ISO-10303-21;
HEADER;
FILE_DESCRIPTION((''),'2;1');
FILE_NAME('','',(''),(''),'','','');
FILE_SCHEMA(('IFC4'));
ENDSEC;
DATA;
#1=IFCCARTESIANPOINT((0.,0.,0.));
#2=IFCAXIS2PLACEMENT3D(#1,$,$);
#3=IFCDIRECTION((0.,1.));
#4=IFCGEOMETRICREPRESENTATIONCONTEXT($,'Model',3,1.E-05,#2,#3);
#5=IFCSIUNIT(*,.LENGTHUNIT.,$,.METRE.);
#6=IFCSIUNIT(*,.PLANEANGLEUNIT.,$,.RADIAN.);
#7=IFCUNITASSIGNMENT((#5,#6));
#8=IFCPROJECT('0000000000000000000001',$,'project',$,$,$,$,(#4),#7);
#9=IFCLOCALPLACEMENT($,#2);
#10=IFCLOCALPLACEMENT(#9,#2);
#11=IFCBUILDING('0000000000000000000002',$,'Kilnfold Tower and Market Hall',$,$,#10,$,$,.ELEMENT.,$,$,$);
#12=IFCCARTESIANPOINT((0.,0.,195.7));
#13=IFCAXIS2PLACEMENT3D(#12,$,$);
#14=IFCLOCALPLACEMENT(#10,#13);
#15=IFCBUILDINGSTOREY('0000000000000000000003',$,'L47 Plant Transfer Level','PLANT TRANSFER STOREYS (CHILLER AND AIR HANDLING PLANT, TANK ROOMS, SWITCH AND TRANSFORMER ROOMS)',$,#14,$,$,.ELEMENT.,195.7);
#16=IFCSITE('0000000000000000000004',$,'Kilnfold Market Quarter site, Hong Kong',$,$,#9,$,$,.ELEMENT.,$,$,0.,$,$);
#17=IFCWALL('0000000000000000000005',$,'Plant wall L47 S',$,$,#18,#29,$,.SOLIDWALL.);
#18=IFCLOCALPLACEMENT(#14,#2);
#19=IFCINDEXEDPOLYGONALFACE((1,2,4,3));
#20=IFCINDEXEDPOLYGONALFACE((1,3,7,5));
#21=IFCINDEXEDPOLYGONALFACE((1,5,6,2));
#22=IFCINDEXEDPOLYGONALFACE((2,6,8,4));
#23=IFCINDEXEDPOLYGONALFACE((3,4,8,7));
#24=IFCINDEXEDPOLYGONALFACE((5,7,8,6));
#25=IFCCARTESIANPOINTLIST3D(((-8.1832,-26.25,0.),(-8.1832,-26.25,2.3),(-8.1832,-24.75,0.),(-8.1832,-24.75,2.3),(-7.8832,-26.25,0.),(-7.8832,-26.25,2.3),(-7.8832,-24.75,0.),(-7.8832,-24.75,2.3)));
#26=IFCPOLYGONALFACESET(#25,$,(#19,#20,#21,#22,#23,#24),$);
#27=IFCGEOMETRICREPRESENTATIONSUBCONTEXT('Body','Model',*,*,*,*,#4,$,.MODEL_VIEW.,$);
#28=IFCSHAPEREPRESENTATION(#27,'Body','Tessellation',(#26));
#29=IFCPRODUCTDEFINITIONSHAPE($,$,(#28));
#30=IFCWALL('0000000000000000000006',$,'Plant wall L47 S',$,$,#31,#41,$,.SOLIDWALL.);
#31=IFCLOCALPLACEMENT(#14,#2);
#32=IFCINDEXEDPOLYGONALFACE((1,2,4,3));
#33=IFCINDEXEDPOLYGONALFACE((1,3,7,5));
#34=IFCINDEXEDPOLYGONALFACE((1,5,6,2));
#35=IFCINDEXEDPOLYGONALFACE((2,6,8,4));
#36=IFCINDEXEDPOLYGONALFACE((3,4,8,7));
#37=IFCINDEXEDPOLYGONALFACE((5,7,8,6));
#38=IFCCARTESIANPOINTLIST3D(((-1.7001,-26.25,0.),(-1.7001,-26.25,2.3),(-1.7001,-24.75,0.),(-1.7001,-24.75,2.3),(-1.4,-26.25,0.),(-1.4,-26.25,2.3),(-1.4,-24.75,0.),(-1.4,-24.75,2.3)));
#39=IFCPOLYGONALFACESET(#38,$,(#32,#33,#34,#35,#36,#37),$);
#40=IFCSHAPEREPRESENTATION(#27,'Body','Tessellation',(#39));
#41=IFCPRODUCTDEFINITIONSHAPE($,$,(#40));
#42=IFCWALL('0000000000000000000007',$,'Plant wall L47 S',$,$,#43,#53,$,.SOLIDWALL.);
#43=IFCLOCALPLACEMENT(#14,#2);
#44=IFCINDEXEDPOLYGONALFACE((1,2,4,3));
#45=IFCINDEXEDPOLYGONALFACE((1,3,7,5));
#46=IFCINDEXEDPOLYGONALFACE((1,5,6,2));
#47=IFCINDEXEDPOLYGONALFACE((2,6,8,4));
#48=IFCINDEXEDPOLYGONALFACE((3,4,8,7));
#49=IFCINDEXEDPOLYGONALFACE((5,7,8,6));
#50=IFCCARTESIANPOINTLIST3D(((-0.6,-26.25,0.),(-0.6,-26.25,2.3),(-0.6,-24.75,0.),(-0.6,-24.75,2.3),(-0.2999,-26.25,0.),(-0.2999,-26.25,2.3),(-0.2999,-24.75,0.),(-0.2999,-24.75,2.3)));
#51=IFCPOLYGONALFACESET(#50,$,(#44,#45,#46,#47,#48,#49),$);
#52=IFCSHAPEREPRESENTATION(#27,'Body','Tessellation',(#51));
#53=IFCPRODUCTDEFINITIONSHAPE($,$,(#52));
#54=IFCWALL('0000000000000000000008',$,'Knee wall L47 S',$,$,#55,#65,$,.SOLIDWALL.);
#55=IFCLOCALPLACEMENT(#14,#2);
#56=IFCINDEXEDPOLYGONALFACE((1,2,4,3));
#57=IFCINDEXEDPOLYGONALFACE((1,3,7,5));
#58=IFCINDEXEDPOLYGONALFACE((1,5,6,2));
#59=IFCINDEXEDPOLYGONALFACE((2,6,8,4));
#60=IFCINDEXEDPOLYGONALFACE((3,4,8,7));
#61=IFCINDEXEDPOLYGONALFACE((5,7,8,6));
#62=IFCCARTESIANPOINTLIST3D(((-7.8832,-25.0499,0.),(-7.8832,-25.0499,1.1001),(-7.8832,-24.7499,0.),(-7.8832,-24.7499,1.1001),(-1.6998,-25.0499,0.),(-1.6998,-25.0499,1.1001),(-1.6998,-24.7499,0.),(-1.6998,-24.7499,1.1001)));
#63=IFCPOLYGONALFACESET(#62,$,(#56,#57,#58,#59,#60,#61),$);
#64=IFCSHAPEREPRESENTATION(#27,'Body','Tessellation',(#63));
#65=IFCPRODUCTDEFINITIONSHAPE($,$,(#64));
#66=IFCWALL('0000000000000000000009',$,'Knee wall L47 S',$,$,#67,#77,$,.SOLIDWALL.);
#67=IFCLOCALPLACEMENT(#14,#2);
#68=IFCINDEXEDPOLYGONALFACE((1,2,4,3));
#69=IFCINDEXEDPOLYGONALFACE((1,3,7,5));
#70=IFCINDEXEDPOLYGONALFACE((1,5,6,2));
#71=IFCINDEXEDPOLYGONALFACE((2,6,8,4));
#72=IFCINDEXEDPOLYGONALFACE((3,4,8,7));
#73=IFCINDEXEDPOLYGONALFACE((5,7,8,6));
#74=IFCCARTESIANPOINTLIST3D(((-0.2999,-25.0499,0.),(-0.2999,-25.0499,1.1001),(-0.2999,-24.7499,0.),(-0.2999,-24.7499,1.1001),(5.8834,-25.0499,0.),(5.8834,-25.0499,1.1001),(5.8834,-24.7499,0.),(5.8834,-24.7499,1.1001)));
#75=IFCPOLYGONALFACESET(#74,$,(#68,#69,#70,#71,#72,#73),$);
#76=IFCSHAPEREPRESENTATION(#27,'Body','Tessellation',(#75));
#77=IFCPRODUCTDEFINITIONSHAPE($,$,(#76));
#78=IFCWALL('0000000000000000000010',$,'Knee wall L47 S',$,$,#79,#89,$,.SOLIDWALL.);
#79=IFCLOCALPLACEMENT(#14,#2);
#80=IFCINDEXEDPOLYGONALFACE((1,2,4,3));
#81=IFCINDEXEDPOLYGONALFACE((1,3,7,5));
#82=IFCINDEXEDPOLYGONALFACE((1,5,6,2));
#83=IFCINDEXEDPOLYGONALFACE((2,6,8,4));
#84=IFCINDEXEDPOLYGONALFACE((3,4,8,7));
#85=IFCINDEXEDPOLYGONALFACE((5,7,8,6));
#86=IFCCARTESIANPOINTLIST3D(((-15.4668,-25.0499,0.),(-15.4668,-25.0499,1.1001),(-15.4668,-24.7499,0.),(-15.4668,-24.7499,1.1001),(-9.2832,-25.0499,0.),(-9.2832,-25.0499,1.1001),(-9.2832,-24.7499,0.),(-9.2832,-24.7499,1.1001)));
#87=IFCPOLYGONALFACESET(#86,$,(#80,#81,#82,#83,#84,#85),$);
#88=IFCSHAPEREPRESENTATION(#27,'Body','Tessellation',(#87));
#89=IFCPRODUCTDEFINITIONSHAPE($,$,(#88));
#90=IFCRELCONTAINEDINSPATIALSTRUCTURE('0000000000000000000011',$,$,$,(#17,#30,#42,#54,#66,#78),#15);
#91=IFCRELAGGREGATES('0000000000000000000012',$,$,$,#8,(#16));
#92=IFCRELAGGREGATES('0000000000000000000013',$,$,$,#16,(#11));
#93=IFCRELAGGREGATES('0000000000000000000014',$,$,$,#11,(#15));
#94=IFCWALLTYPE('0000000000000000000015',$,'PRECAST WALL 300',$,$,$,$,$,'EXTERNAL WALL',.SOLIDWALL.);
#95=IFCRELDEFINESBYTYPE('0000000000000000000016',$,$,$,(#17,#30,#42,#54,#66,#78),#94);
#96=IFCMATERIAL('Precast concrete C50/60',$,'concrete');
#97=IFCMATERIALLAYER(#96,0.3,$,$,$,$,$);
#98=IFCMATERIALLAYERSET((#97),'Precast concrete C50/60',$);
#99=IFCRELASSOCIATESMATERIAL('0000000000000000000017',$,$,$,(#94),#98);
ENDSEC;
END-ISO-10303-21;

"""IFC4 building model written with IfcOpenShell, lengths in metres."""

from ifc_helpers import new_model, si_unit, direction, frame, frame_2d, origin, place, context, subcontext, project, spatial, rectangle, extrude, source, transform, mapped, material, layer, layer_set, type_object, element, save


model = new_model("IFC4")

# Units and contexts
model_context = context("Model", 3, precision=1e-05, world=origin(), true_north=direction((0.0, 1.0)))
body_context = subcontext(model_context, "Body", "Model", "MODEL_VIEW")
ifc_project = project(units=[si_unit("LENGTHUNIT", "METRE"), si_unit("PLANEANGLEUNIT", "RADIAN")], contexts=[model_context])

# Site, building, storey
site_placement = place(None, origin())
site = spatial("IfcSite", under=ifc_project, at=site_placement, Name="Kilnfold Market Quarter site, Hong Kong", CompositionType="ELEMENT", RefElevation=0.0)
building_placement = place(site_placement, origin())
building = spatial("IfcBuilding", under=site, at=building_placement, Name="Kilnfold Tower and Market Hall", CompositionType="ELEMENT")
storey_placement = place(building_placement, frame((0.0, 0.0, 195.7)))
storey = spatial("IfcBuildingStorey", under=building, at=storey_placement, Name="L47 Plant Transfer Level", Description="PLANT TRANSFER STOREYS (CHILLER AND AIR HANDLING PLANT, TANK ROOMS, SWITCH AND TRANSFORMER ROOMS)", CompositionType="ELEMENT", Elevation=195.7)

# Walls
ifc_material_1 = material(Name="Precast concrete C50/60", Category="concrete")
ifc_layer_1 = layer(ifc_material_1, 0.3)
ifc_layer_set_1 = layer_set([ifc_layer_1], Name="Precast concrete C50/60")
wall_type_1 = type_object("IfcWallType", Name="PRECAST WALL 300", ElementType="EXTERNAL WALL", PredefinedType="SOLIDWALL", material=ifc_layer_set_1)
shared_shape_1 = source(origin(), body_context, "Body", "SweptSolid", [
    extrude(rectangle(XDim=1.5, YDim=0.3, at=frame_2d((0.75, 0.0))), origin(), (0.0, 0.0, 1.0), 2.3),
])
for number, where, z_axis, x_axis, name in (
    (1, (-8.0332, -26.25, 0.0), (0.0, 0.0, 1.0), (0.0, 1.0, 0.0), "Plant wall L47 S"),
    (2, (-1.55, -26.25, 0.0), (0.0, 0.0, 1.0), (0.0, 1.0, 0.0), "Plant wall L47 S"),
    (3, (-0.45, -26.25, 0.0), (0.0, 0.0, 1.0), (0.0, 1.0, 0.0), "Plant wall L47 S"),
):
    element("IfcWall", number, at=place(storey_placement, frame(where, z_axis=z_axis, x_axis=x_axis)), inside=storey, type_object=wall_type_1, Name=name, PredefinedType="SOLIDWALL", context=body_context, shape_type="MappedRepresentation", body=[
        mapped(shared_shape_1, transform((0.0, 0.0, 0.0))),
    ])
shared_shape_2 = source(origin(), body_context, "Body", "SweptSolid", [
    extrude(rectangle(XDim=6.1833, YDim=0.3, at=frame_2d((3.0918, 0.0))), origin(), (0.0, 0.0, 1.0), 1.1001),
])
for number, where, z_axis, x_axis, name in (
    (4, (-7.8833, -24.8999, 0.0), (0.0, 0.0, 1.0), (1.0, 0.0, 0.0), "Knee wall L47 S"),
    (5, (-0.3, -24.8999, 0.0), (0.0, 0.0, 1.0), (1.0, 0.0, 0.0), "Knee wall L47 S"),
):
    element("IfcWall", number, at=place(storey_placement, frame(where, z_axis=z_axis, x_axis=x_axis)), inside=storey, type_object=wall_type_1, Name=name, PredefinedType="SOLIDWALL", context=body_context, shape_type="MappedRepresentation", body=[
        mapped(shared_shape_2, transform((0.0, 0.0, 0.0))),
    ])
shared_shape_3 = source(origin(), body_context, "Body", "SweptSolid", [
    extrude(rectangle(XDim=6.1836, YDim=0.3, at=frame_2d((3.0918, 0.0))), origin(), (0.0, 0.0, 1.0), 1.1001),
])
wall_1_placement = place(storey_placement, frame((-15.4668, -24.8999, 0.0), z_axis=(0.0, 0.0, 1.0), x_axis=(1.0, 0.0, 0.0)))
element("IfcWall", 6, at=wall_1_placement, inside=storey, type_object=wall_type_1, Name="Knee wall L47 S", PredefinedType="SOLIDWALL", context=body_context, shape_type="MappedRepresentation", body=[
    mapped(shared_shape_3, transform((0.0, 0.0, 0.0))),
])

save(model, "model.ifc")
